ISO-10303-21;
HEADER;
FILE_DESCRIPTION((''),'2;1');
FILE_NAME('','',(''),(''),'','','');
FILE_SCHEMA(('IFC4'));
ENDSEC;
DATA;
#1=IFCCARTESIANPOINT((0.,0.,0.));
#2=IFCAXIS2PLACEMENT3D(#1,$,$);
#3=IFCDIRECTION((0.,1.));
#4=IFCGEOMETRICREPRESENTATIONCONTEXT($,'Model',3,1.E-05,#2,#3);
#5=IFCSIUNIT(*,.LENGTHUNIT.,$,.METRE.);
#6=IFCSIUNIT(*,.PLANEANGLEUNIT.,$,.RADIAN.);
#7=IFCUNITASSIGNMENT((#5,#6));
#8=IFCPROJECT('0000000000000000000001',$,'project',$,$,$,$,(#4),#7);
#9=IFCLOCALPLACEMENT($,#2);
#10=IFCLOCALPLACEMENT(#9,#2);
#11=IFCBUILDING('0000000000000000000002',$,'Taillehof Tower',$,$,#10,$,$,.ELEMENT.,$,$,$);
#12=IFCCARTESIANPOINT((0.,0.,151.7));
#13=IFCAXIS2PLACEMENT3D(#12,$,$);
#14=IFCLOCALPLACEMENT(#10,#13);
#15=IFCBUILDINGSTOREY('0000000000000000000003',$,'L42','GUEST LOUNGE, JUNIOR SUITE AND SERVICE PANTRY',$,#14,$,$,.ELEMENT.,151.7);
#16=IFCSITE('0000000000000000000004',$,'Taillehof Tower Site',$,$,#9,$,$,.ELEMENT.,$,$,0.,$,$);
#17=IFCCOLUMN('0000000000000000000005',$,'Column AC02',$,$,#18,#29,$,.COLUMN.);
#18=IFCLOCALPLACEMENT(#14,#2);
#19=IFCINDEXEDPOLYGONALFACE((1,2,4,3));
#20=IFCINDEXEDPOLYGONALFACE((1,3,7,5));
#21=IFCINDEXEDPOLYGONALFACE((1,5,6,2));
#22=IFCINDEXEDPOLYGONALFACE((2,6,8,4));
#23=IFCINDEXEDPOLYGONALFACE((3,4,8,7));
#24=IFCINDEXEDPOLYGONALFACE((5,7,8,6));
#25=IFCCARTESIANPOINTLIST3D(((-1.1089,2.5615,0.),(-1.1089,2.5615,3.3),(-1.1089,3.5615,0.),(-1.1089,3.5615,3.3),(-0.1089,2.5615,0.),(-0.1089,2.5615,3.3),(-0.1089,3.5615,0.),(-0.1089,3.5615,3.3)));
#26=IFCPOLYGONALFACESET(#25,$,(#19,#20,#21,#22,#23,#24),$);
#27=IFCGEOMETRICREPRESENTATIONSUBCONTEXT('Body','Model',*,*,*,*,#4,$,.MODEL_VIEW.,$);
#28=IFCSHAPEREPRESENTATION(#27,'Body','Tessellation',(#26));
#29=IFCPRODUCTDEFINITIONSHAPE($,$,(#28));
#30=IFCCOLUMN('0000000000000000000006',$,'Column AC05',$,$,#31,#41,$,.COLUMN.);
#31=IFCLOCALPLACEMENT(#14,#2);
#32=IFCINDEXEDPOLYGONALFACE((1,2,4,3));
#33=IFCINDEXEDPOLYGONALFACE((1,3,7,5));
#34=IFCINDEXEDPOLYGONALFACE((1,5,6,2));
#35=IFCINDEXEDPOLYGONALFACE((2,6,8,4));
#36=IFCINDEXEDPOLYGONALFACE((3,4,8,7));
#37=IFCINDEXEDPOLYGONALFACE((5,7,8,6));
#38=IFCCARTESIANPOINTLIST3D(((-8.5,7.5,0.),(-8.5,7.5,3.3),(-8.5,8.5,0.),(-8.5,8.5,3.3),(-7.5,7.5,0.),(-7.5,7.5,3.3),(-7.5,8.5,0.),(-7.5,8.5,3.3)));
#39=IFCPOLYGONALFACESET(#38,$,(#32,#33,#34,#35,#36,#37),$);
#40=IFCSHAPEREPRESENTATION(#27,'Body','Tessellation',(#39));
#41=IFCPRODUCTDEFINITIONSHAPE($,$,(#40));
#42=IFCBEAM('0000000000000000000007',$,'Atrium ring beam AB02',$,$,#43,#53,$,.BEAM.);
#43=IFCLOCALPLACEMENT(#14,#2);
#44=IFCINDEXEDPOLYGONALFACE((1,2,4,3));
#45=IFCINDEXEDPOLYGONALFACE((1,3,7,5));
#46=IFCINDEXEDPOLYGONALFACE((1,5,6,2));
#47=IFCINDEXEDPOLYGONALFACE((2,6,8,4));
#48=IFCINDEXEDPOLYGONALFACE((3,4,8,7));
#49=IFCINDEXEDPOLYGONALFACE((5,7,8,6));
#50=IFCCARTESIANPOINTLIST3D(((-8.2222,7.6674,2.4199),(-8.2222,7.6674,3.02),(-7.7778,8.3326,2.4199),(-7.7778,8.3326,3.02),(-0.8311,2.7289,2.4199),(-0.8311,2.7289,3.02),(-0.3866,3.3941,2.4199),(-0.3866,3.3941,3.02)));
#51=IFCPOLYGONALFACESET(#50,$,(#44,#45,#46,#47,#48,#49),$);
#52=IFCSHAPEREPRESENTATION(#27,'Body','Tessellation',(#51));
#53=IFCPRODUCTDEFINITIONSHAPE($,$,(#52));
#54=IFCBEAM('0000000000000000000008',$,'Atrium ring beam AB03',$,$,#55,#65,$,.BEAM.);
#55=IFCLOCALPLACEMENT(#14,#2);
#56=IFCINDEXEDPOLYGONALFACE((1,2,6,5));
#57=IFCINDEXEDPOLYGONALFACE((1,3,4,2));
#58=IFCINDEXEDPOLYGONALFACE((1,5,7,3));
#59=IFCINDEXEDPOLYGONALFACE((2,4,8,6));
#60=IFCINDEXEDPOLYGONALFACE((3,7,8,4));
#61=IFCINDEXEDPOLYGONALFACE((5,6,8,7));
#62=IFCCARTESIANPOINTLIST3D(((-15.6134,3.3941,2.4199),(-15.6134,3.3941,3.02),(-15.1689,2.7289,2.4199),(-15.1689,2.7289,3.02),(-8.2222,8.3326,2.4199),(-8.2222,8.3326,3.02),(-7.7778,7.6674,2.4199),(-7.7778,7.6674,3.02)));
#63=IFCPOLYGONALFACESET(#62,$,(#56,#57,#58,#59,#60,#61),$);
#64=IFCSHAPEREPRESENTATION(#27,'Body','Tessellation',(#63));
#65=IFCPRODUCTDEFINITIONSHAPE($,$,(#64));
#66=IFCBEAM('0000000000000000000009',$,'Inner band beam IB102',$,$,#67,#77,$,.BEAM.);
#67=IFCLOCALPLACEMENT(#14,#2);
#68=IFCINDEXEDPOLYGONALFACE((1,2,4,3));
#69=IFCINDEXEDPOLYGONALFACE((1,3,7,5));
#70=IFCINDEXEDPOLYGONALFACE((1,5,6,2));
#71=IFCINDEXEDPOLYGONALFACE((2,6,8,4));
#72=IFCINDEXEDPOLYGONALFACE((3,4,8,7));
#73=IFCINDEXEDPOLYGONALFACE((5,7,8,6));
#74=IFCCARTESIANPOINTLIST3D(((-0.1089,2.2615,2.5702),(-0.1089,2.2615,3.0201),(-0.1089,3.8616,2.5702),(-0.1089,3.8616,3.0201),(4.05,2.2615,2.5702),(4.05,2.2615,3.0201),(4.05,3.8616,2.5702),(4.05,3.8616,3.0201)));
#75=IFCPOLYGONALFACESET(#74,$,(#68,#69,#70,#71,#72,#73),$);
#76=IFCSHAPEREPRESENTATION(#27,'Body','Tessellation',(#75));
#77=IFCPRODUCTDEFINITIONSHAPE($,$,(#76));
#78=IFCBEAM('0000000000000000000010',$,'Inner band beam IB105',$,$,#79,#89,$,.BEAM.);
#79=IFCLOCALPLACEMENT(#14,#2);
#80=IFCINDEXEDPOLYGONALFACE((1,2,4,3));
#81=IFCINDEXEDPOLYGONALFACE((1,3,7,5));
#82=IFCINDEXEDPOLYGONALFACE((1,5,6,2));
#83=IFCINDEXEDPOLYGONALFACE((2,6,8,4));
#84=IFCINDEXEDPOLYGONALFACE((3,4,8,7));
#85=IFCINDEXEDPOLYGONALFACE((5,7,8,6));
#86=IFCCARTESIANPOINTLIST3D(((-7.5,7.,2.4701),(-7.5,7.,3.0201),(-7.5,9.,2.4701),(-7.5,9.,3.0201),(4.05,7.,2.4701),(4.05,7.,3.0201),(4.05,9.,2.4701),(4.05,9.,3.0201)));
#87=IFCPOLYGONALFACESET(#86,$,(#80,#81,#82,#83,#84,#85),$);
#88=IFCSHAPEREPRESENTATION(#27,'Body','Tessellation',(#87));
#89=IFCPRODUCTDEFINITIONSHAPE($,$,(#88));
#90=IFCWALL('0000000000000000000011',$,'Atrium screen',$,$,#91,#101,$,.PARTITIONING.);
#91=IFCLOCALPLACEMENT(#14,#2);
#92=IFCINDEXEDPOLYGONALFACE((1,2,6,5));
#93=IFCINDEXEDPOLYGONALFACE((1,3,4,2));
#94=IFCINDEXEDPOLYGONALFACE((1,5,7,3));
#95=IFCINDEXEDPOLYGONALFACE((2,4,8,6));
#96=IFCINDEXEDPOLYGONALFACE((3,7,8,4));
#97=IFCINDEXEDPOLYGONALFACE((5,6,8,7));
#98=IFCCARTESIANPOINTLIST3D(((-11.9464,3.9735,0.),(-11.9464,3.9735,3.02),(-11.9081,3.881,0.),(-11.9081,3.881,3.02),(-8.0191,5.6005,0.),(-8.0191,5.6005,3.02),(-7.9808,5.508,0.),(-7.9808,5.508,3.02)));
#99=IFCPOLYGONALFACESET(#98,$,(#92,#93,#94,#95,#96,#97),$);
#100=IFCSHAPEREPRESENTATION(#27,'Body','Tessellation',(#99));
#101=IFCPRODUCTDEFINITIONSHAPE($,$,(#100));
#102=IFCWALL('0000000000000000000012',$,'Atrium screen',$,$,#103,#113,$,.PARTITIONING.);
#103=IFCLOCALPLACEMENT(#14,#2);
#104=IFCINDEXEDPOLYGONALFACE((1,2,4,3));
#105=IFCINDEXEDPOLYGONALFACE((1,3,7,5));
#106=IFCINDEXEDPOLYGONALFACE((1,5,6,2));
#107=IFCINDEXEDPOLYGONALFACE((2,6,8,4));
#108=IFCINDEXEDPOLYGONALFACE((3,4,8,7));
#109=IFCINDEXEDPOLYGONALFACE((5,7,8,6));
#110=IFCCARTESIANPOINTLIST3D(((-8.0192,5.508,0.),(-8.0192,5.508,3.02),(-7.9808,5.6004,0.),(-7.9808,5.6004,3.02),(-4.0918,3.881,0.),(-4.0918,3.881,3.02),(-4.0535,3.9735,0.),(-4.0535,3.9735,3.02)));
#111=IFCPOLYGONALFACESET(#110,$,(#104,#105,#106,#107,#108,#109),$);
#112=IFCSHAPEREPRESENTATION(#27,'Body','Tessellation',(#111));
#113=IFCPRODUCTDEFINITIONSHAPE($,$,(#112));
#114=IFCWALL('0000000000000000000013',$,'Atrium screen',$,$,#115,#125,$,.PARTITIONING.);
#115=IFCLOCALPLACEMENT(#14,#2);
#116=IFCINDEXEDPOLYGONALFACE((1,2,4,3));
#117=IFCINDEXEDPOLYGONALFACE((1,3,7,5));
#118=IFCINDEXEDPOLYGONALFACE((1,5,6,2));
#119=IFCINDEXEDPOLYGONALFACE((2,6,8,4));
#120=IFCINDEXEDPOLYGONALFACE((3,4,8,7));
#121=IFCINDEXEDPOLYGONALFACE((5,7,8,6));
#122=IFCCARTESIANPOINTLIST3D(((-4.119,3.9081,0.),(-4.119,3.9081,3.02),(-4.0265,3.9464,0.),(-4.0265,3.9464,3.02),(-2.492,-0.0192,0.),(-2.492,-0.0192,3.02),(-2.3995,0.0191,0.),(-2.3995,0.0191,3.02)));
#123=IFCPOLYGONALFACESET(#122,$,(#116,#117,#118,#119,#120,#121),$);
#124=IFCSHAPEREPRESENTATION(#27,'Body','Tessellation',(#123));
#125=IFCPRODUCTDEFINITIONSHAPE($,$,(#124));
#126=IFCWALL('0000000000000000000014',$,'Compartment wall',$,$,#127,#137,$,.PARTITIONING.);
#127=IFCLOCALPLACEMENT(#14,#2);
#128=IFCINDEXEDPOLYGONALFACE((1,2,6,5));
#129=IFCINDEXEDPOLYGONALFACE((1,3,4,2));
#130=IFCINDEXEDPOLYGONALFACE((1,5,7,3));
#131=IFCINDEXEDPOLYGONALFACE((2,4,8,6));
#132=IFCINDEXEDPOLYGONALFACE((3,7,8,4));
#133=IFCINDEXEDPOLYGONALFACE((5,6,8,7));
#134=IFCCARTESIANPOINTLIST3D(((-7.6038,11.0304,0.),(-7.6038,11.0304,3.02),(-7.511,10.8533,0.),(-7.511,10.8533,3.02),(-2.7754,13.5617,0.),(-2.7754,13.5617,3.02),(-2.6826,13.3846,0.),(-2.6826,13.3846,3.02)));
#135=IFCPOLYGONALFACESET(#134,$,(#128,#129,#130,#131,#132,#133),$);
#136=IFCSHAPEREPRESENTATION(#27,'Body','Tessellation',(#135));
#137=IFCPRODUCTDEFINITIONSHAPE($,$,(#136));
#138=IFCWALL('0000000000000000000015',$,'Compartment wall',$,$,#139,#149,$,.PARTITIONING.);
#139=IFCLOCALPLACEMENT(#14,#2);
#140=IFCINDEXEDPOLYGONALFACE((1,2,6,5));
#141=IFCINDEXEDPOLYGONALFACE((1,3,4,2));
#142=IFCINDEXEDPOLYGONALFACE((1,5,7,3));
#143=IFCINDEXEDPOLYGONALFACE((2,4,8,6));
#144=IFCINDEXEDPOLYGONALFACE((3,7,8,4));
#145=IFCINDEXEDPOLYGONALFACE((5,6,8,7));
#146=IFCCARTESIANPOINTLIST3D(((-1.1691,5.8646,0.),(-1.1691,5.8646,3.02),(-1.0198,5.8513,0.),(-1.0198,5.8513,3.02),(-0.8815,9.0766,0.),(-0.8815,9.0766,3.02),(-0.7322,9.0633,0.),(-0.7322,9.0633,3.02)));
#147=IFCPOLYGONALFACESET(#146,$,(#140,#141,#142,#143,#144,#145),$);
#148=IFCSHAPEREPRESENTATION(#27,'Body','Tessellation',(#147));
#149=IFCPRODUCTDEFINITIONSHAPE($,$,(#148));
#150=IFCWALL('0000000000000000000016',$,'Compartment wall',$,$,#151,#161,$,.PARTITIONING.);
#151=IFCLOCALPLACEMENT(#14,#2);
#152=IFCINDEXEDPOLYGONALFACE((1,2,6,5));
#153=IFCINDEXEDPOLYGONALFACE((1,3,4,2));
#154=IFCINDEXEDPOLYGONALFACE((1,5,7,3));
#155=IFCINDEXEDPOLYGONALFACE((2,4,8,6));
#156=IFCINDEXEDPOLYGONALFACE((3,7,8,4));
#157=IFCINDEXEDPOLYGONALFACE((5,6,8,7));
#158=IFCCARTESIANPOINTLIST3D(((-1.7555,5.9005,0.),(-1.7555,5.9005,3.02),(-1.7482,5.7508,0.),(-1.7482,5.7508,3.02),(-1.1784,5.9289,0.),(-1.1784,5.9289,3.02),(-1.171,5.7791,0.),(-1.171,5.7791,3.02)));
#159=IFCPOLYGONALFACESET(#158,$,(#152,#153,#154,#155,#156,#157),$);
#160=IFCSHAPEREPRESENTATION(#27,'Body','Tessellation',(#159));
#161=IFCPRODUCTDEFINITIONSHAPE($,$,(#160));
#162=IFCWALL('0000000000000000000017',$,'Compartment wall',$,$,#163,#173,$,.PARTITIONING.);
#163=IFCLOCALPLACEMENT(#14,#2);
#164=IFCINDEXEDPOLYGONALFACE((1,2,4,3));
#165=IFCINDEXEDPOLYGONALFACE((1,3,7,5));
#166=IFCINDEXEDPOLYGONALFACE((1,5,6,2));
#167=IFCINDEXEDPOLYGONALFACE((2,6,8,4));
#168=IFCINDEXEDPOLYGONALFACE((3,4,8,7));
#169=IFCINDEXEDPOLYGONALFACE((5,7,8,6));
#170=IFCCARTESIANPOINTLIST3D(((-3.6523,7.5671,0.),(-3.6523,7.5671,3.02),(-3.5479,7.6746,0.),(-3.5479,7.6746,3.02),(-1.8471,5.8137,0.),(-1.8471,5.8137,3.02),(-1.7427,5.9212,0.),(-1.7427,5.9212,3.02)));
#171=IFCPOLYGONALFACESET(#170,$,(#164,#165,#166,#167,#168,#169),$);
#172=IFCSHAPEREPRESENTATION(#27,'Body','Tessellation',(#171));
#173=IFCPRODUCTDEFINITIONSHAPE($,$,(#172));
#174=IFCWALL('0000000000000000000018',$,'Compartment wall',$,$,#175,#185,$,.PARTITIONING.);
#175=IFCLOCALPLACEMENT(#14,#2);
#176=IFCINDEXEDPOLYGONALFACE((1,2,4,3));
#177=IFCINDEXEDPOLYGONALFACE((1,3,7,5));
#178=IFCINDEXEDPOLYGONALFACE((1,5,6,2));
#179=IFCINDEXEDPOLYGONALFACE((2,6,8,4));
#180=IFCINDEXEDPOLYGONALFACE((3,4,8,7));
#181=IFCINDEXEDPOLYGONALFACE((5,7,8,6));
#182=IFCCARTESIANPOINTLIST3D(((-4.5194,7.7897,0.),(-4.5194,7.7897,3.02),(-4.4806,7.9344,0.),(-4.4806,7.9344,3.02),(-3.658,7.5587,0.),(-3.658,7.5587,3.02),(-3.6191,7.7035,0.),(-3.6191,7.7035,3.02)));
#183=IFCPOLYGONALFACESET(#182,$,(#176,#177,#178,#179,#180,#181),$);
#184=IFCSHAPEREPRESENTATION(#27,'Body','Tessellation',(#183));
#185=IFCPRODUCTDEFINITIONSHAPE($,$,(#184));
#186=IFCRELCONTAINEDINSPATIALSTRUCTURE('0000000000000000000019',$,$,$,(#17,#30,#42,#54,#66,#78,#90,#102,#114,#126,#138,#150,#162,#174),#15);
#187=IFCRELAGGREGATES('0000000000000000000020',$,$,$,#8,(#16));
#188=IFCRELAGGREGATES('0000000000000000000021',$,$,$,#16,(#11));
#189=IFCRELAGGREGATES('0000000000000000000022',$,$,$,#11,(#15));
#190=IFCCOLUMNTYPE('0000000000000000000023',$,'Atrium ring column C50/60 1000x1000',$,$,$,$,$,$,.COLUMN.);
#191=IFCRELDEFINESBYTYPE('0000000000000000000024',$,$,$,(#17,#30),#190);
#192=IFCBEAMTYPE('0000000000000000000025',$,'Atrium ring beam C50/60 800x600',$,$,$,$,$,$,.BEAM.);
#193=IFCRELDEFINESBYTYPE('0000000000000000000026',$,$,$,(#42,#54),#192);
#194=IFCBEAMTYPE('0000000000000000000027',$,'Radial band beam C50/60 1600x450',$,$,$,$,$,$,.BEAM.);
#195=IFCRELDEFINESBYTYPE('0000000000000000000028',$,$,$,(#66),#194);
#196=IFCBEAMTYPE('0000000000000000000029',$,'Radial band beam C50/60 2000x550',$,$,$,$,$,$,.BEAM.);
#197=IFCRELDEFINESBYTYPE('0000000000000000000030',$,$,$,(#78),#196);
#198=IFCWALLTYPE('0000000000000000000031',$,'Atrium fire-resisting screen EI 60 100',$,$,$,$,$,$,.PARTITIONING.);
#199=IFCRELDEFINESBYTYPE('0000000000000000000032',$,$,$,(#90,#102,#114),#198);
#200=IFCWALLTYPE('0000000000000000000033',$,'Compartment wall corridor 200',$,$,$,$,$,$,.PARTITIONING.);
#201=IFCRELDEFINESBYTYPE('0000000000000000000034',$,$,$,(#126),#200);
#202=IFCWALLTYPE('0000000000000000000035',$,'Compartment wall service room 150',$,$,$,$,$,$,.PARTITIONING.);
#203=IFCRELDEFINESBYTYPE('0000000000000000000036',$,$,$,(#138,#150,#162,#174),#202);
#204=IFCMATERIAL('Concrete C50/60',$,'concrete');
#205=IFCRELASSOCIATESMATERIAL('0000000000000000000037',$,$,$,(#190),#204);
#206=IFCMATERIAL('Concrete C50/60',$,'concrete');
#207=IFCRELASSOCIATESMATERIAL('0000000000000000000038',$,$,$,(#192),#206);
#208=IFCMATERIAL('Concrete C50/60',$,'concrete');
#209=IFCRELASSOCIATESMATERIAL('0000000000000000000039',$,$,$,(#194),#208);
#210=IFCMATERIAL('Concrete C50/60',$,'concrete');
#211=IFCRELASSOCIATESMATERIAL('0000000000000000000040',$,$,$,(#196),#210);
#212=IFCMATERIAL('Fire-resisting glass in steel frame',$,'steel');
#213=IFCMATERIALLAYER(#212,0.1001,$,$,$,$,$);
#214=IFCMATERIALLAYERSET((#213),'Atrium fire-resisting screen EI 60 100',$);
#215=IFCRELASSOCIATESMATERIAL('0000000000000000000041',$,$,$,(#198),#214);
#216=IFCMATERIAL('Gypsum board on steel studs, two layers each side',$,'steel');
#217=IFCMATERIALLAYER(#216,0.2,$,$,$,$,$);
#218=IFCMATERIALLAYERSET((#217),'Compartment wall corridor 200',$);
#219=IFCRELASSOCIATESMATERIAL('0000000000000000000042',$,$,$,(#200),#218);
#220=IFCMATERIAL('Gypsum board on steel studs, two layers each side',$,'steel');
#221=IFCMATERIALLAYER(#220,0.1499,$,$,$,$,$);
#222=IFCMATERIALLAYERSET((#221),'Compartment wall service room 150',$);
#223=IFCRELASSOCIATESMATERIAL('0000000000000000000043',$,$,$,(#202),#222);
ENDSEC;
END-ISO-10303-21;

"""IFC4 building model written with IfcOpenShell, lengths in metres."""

from ifc_helpers import new_model, si_unit, direction, frame, frame_2d, origin, origin_2d, place, context, subcontext, project, spatial, rectangle, extrude, material, layer, layer_set, material_profile, profile_set, type_object, element, save


model = new_model("IFC4")

# Units and contexts
model_context = context("Model", 3, precision=1e-05, world=origin(), true_north=direction((0.0, 1.0)))
body_context = subcontext(model_context, "Body", "Model", "MODEL_VIEW")
ifc_project = project(units=[si_unit("LENGTHUNIT", "METRE"), si_unit("PLANEANGLEUNIT", "RADIAN")], contexts=[model_context])

# Site, building, storey
site_placement = place(None, origin())
site = spatial("IfcSite", under=ifc_project, at=site_placement, Name="Taillehof Tower Site", CompositionType="ELEMENT", RefElevation=0.0)
building_placement = place(site_placement, origin())
building = spatial("IfcBuilding", under=site, at=building_placement, Name="Taillehof Tower", CompositionType="ELEMENT")
storey_placement = place(building_placement, frame((0.0, 0.0, 151.7)))
storey = spatial("IfcBuildingStorey", under=building, at=storey_placement, Name="L42", Description="GUEST LOUNGE, JUNIOR SUITE AND SERVICE PANTRY", CompositionType="ELEMENT", Elevation=151.7)

# Columns
ifc_material_1 = material(Name="Concrete C50/60", Category="concrete")
ifc_material_profile_1 = material_profile(ifc_material_1, rectangle(XDim=1.0, YDim=1.0, at=origin_2d()), Name="RC 1000x1000")
ifc_profile_set_1 = profile_set([ifc_material_profile_1], Name="Concrete C50/60")
column_type = type_object("IfcColumnType", Name="Atrium ring column C50/60 1000x1000", PredefinedType="COLUMN", material=ifc_profile_set_1)
for number, where, z_axis, x_axis, name in (
    (1, (-0.6089, 3.0615, 0.0), (0.0, 0.0, 1.0), (1.0, 0.0, 0.0), "Column AC02"),
    (2, (-8.0, 8.0, 0.0), (0.0, 0.0, 1.0), (1.0, 0.0, 0.0), "Column AC05"),
):
    element("IfcColumn", number, at=place(storey_placement, frame(where, z_axis=z_axis, x_axis=x_axis)), inside=storey, type_object=column_type, Name=name, PredefinedType="COLUMN", context=body_context, shape_type="SweptSolid", body=[
        extrude(rectangle(XDim=1.0, YDim=1.0, at=origin_2d()), origin(), (0.0, 0.0, 1.0), 3.3),
    ])

# Beams
ifc_material_2 = material(Name="Concrete C50/60", Category="concrete")
ifc_material_profile_2 = material_profile(ifc_material_2, rectangle(XDim=0.8, YDim=0.6001, at=origin_2d()), Name="RC 800x600")
ifc_profile_set_2 = profile_set([ifc_material_profile_2], Name="Concrete C50/60")
beam_type_1 = type_object("IfcBeamType", Name="Atrium ring beam C50/60 800x600", PredefinedType="BEAM", material=ifc_profile_set_2)
for number, where, z_axis, x_axis, name in (
    (3, (-0.6089, 3.0615, 2.72), (-0.831475, 0.555562, 0.0), (-0.555562, -0.831475, 0.0), "Atrium ring beam AB02"),
    (4, (-8.0, 8.0, 2.72), (-0.831475, -0.555562, 0.0), (0.555562, -0.831475, 0.0), "Atrium ring beam AB03"),
):
    element("IfcBeam", number, at=place(storey_placement, frame(where, z_axis=z_axis, x_axis=x_axis)), inside=storey, type_object=beam_type_1, Name=name, PredefinedType="BEAM", context=body_context, shape_type="SweptSolid", body=[
        extrude(rectangle(XDim=0.8, YDim=0.6001, at=origin_2d()), origin(), (0.0, 0.0, 1.0), 8.8892),
    ])
ifc_material_3 = material(Name="Concrete C50/60", Category="concrete")
ifc_material_profile_3 = material_profile(ifc_material_3, rectangle(XDim=1.6001, YDim=0.45, at=origin_2d()), Name="RC 1600x450")
ifc_profile_set_3 = profile_set([ifc_material_profile_3], Name="Concrete C50/60")
beam_type_2 = type_object("IfcBeamType", Name="Radial band beam C50/60 1600x450", PredefinedType="BEAM", material=ifc_profile_set_3)
beam_1_placement = place(storey_placement, frame((-0.1089, 3.0615, 2.7952), z_axis=(1.0, 0.0, 0.0), x_axis=(0.0, 1.0, 0.0)))
element("IfcBeam", 5, at=beam_1_placement, inside=storey, type_object=beam_type_2, Name="Inner band beam IB102", PredefinedType="BEAM", context=body_context, shape_type="SweptSolid", body=[
    extrude(rectangle(XDim=1.6001, YDim=0.45, at=origin_2d()), origin(), (0.0, 0.0, 1.0), 4.1589),
])
ifc_material_4 = material(Name="Concrete C50/60", Category="concrete")
ifc_material_profile_4 = material_profile(ifc_material_4, rectangle(XDim=2.0, YDim=0.55, at=origin_2d()), Name="RC 2000x550")
ifc_profile_set_4 = profile_set([ifc_material_profile_4], Name="Concrete C50/60")
beam_type_3 = type_object("IfcBeamType", Name="Radial band beam C50/60 2000x550", PredefinedType="BEAM", material=ifc_profile_set_4)
beam_2_placement = place(storey_placement, frame((-7.5, 8.0, 2.7451), z_axis=(1.0, 0.0, 0.0), x_axis=(0.0, 1.0, 0.0)))
element("IfcBeam", 6, at=beam_2_placement, inside=storey, type_object=beam_type_3, Name="Inner band beam IB105", PredefinedType="BEAM", context=body_context, shape_type="SweptSolid", body=[
    extrude(rectangle(XDim=2.0, YDim=0.55, at=origin_2d()), origin(), (0.0, 0.0, 1.0), 11.55),
])

# Walls
ifc_material_5 = material(Name="Fire-resisting glass in steel frame", Category="steel")
ifc_layer_1 = layer(ifc_material_5, 0.1001)
ifc_layer_set_1 = layer_set([ifc_layer_1], Name="Atrium fire-resisting screen EI 60 100")
wall_type_1 = type_object("IfcWallType", Name="Atrium fire-resisting screen EI 60 100", PredefinedType="PARTITIONING", material=ifc_layer_set_1)
for number, where, z_axis, x_axis, name in (
    (7, (-11.9272, 3.9272, 0.0), (0.0, 0.0, 1.0), (0.92386, 0.382731, 0.0), "Atrium screen"),
    (8, (-8.0, 5.5542, 0.0), (0.0, 0.0, 1.0), (0.92386, -0.382731, 0.0), "Atrium screen"),
    (9, (-4.0728, 3.9272, 0.0), (0.0, 0.0, 1.0), (0.382731, -0.92386, 0.0), "Atrium screen"),
):
    element("IfcWall", number, at=place(storey_placement, frame(where, z_axis=z_axis, x_axis=x_axis)), inside=storey, type_object=wall_type_1, Name=name, PredefinedType="PARTITIONING", context=body_context, shape_type="SweptSolid", body=[
        extrude(rectangle(XDim=4.251, YDim=0.1001, at=frame_2d((2.1255, 0.0))), origin(), (0.0, 0.0, 1.0), 3.02),
    ])
ifc_material_6 = material(Name="Gypsum board on steel studs, two layers each side", Category="steel")
ifc_layer_2 = layer(ifc_material_6, 0.2)
ifc_layer_set_2 = layer_set([ifc_layer_2], Name="Compartment wall corridor 200")
wall_type_2 = type_object("IfcWallType", Name="Compartment wall corridor 200", PredefinedType="PARTITIONING", material=ifc_layer_set_2)
wall_1_placement = place(storey_placement, frame((-7.5574, 10.9419, 0.0), z_axis=(0.0, 0.0, 1.0), x_axis=(0.885673, 0.46431, 0.0)))
element("IfcWall", 10, at=wall_1_placement, inside=storey, type_object=wall_type_2, Name="Compartment wall", PredefinedType="PARTITIONING", context=body_context, shape_type="SweptSolid", body=[
    extrude(rectangle(XDim=5.4517, YDim=0.2, at=frame_2d((2.7258, 0.0))), origin(), (0.0, 0.0, 1.0), 3.02),
])
ifc_material_7 = material(Name="Gypsum board on steel studs, two layers each side", Category="steel")
ifc_layer_3 = layer(ifc_material_7, 0.1499)
ifc_layer_set_3 = layer_set([ifc_layer_3], Name="Compartment wall service room 150")
wall_type_3 = type_object("IfcWallType", Name="Compartment wall service room 150", PredefinedType="PARTITIONING", material=ifc_layer_set_3)
wall_2_placement = place(storey_placement, frame((-0.8069, 9.0698, 0.0), z_axis=(0.0, 0.0, 1.0), x_axis=(-0.089184, -0.996015, 0.0)))
element("IfcWall", 11, at=wall_2_placement, inside=storey, type_object=wall_type_3, Name="Compartment wall", PredefinedType="PARTITIONING", context=body_context, shape_type="SweptSolid", body=[
    extrude(rectangle(XDim=3.2249, YDim=0.1499, at=frame_2d((1.6123, 0.0))), origin(), (0.0, 0.0, 1.0), 3.02),
])
wall_3_placement = place(storey_placement, frame((-1.1746, 5.854, 0.0), z_axis=(0.0, 0.0, 1.0), x_axis=(-0.998798, -0.04901, 0.0)))
element("IfcWall", 12, at=wall_3_placement, inside=storey, type_object=wall_type_3, Name="Compartment wall", PredefinedType="PARTITIONING", context=body_context, shape_type="SweptSolid", body=[
    extrude(rectangle(XDim=0.5779, YDim=0.1499, at=frame_2d((0.2891, 0.0))), origin(), (0.0, 0.0, 1.0), 3.02),
])
wall_4_placement = place(storey_placement, frame((-1.7949, 5.8674, 0.0), z_axis=(0.0, 0.0, 1.0), x_axis=(-0.717315, 0.696749, 0.0)))
element("IfcWall", 13, at=wall_4_placement, inside=storey, type_object=wall_type_3, Name="Compartment wall", PredefinedType="PARTITIONING", context=body_context, shape_type="SweptSolid", body=[
    extrude(rectangle(XDim=2.5166, YDim=0.1499, at=frame_2d((1.2583, 0.0))), origin(), (0.0, 0.0, 1.0), 3.02),
])
wall_5_placement = place(storey_placement, frame((-3.6387, 7.6311, 0.0), z_axis=(0.0, 0.0, 1.0), x_axis=(-0.96588, 0.258992, 0.0)))
element("IfcWall", 14, at=wall_5_placement, inside=storey, type_object=wall_type_3, Name="Compartment wall", PredefinedType="PARTITIONING", context=body_context, shape_type="SweptSolid", body=[
    extrude(rectangle(XDim=0.8918, YDim=0.1499, at=frame_2d((0.4458, 0.0))), origin(), (0.0, 0.0, 1.0), 3.02),
])

save(model, "model.ifc")
